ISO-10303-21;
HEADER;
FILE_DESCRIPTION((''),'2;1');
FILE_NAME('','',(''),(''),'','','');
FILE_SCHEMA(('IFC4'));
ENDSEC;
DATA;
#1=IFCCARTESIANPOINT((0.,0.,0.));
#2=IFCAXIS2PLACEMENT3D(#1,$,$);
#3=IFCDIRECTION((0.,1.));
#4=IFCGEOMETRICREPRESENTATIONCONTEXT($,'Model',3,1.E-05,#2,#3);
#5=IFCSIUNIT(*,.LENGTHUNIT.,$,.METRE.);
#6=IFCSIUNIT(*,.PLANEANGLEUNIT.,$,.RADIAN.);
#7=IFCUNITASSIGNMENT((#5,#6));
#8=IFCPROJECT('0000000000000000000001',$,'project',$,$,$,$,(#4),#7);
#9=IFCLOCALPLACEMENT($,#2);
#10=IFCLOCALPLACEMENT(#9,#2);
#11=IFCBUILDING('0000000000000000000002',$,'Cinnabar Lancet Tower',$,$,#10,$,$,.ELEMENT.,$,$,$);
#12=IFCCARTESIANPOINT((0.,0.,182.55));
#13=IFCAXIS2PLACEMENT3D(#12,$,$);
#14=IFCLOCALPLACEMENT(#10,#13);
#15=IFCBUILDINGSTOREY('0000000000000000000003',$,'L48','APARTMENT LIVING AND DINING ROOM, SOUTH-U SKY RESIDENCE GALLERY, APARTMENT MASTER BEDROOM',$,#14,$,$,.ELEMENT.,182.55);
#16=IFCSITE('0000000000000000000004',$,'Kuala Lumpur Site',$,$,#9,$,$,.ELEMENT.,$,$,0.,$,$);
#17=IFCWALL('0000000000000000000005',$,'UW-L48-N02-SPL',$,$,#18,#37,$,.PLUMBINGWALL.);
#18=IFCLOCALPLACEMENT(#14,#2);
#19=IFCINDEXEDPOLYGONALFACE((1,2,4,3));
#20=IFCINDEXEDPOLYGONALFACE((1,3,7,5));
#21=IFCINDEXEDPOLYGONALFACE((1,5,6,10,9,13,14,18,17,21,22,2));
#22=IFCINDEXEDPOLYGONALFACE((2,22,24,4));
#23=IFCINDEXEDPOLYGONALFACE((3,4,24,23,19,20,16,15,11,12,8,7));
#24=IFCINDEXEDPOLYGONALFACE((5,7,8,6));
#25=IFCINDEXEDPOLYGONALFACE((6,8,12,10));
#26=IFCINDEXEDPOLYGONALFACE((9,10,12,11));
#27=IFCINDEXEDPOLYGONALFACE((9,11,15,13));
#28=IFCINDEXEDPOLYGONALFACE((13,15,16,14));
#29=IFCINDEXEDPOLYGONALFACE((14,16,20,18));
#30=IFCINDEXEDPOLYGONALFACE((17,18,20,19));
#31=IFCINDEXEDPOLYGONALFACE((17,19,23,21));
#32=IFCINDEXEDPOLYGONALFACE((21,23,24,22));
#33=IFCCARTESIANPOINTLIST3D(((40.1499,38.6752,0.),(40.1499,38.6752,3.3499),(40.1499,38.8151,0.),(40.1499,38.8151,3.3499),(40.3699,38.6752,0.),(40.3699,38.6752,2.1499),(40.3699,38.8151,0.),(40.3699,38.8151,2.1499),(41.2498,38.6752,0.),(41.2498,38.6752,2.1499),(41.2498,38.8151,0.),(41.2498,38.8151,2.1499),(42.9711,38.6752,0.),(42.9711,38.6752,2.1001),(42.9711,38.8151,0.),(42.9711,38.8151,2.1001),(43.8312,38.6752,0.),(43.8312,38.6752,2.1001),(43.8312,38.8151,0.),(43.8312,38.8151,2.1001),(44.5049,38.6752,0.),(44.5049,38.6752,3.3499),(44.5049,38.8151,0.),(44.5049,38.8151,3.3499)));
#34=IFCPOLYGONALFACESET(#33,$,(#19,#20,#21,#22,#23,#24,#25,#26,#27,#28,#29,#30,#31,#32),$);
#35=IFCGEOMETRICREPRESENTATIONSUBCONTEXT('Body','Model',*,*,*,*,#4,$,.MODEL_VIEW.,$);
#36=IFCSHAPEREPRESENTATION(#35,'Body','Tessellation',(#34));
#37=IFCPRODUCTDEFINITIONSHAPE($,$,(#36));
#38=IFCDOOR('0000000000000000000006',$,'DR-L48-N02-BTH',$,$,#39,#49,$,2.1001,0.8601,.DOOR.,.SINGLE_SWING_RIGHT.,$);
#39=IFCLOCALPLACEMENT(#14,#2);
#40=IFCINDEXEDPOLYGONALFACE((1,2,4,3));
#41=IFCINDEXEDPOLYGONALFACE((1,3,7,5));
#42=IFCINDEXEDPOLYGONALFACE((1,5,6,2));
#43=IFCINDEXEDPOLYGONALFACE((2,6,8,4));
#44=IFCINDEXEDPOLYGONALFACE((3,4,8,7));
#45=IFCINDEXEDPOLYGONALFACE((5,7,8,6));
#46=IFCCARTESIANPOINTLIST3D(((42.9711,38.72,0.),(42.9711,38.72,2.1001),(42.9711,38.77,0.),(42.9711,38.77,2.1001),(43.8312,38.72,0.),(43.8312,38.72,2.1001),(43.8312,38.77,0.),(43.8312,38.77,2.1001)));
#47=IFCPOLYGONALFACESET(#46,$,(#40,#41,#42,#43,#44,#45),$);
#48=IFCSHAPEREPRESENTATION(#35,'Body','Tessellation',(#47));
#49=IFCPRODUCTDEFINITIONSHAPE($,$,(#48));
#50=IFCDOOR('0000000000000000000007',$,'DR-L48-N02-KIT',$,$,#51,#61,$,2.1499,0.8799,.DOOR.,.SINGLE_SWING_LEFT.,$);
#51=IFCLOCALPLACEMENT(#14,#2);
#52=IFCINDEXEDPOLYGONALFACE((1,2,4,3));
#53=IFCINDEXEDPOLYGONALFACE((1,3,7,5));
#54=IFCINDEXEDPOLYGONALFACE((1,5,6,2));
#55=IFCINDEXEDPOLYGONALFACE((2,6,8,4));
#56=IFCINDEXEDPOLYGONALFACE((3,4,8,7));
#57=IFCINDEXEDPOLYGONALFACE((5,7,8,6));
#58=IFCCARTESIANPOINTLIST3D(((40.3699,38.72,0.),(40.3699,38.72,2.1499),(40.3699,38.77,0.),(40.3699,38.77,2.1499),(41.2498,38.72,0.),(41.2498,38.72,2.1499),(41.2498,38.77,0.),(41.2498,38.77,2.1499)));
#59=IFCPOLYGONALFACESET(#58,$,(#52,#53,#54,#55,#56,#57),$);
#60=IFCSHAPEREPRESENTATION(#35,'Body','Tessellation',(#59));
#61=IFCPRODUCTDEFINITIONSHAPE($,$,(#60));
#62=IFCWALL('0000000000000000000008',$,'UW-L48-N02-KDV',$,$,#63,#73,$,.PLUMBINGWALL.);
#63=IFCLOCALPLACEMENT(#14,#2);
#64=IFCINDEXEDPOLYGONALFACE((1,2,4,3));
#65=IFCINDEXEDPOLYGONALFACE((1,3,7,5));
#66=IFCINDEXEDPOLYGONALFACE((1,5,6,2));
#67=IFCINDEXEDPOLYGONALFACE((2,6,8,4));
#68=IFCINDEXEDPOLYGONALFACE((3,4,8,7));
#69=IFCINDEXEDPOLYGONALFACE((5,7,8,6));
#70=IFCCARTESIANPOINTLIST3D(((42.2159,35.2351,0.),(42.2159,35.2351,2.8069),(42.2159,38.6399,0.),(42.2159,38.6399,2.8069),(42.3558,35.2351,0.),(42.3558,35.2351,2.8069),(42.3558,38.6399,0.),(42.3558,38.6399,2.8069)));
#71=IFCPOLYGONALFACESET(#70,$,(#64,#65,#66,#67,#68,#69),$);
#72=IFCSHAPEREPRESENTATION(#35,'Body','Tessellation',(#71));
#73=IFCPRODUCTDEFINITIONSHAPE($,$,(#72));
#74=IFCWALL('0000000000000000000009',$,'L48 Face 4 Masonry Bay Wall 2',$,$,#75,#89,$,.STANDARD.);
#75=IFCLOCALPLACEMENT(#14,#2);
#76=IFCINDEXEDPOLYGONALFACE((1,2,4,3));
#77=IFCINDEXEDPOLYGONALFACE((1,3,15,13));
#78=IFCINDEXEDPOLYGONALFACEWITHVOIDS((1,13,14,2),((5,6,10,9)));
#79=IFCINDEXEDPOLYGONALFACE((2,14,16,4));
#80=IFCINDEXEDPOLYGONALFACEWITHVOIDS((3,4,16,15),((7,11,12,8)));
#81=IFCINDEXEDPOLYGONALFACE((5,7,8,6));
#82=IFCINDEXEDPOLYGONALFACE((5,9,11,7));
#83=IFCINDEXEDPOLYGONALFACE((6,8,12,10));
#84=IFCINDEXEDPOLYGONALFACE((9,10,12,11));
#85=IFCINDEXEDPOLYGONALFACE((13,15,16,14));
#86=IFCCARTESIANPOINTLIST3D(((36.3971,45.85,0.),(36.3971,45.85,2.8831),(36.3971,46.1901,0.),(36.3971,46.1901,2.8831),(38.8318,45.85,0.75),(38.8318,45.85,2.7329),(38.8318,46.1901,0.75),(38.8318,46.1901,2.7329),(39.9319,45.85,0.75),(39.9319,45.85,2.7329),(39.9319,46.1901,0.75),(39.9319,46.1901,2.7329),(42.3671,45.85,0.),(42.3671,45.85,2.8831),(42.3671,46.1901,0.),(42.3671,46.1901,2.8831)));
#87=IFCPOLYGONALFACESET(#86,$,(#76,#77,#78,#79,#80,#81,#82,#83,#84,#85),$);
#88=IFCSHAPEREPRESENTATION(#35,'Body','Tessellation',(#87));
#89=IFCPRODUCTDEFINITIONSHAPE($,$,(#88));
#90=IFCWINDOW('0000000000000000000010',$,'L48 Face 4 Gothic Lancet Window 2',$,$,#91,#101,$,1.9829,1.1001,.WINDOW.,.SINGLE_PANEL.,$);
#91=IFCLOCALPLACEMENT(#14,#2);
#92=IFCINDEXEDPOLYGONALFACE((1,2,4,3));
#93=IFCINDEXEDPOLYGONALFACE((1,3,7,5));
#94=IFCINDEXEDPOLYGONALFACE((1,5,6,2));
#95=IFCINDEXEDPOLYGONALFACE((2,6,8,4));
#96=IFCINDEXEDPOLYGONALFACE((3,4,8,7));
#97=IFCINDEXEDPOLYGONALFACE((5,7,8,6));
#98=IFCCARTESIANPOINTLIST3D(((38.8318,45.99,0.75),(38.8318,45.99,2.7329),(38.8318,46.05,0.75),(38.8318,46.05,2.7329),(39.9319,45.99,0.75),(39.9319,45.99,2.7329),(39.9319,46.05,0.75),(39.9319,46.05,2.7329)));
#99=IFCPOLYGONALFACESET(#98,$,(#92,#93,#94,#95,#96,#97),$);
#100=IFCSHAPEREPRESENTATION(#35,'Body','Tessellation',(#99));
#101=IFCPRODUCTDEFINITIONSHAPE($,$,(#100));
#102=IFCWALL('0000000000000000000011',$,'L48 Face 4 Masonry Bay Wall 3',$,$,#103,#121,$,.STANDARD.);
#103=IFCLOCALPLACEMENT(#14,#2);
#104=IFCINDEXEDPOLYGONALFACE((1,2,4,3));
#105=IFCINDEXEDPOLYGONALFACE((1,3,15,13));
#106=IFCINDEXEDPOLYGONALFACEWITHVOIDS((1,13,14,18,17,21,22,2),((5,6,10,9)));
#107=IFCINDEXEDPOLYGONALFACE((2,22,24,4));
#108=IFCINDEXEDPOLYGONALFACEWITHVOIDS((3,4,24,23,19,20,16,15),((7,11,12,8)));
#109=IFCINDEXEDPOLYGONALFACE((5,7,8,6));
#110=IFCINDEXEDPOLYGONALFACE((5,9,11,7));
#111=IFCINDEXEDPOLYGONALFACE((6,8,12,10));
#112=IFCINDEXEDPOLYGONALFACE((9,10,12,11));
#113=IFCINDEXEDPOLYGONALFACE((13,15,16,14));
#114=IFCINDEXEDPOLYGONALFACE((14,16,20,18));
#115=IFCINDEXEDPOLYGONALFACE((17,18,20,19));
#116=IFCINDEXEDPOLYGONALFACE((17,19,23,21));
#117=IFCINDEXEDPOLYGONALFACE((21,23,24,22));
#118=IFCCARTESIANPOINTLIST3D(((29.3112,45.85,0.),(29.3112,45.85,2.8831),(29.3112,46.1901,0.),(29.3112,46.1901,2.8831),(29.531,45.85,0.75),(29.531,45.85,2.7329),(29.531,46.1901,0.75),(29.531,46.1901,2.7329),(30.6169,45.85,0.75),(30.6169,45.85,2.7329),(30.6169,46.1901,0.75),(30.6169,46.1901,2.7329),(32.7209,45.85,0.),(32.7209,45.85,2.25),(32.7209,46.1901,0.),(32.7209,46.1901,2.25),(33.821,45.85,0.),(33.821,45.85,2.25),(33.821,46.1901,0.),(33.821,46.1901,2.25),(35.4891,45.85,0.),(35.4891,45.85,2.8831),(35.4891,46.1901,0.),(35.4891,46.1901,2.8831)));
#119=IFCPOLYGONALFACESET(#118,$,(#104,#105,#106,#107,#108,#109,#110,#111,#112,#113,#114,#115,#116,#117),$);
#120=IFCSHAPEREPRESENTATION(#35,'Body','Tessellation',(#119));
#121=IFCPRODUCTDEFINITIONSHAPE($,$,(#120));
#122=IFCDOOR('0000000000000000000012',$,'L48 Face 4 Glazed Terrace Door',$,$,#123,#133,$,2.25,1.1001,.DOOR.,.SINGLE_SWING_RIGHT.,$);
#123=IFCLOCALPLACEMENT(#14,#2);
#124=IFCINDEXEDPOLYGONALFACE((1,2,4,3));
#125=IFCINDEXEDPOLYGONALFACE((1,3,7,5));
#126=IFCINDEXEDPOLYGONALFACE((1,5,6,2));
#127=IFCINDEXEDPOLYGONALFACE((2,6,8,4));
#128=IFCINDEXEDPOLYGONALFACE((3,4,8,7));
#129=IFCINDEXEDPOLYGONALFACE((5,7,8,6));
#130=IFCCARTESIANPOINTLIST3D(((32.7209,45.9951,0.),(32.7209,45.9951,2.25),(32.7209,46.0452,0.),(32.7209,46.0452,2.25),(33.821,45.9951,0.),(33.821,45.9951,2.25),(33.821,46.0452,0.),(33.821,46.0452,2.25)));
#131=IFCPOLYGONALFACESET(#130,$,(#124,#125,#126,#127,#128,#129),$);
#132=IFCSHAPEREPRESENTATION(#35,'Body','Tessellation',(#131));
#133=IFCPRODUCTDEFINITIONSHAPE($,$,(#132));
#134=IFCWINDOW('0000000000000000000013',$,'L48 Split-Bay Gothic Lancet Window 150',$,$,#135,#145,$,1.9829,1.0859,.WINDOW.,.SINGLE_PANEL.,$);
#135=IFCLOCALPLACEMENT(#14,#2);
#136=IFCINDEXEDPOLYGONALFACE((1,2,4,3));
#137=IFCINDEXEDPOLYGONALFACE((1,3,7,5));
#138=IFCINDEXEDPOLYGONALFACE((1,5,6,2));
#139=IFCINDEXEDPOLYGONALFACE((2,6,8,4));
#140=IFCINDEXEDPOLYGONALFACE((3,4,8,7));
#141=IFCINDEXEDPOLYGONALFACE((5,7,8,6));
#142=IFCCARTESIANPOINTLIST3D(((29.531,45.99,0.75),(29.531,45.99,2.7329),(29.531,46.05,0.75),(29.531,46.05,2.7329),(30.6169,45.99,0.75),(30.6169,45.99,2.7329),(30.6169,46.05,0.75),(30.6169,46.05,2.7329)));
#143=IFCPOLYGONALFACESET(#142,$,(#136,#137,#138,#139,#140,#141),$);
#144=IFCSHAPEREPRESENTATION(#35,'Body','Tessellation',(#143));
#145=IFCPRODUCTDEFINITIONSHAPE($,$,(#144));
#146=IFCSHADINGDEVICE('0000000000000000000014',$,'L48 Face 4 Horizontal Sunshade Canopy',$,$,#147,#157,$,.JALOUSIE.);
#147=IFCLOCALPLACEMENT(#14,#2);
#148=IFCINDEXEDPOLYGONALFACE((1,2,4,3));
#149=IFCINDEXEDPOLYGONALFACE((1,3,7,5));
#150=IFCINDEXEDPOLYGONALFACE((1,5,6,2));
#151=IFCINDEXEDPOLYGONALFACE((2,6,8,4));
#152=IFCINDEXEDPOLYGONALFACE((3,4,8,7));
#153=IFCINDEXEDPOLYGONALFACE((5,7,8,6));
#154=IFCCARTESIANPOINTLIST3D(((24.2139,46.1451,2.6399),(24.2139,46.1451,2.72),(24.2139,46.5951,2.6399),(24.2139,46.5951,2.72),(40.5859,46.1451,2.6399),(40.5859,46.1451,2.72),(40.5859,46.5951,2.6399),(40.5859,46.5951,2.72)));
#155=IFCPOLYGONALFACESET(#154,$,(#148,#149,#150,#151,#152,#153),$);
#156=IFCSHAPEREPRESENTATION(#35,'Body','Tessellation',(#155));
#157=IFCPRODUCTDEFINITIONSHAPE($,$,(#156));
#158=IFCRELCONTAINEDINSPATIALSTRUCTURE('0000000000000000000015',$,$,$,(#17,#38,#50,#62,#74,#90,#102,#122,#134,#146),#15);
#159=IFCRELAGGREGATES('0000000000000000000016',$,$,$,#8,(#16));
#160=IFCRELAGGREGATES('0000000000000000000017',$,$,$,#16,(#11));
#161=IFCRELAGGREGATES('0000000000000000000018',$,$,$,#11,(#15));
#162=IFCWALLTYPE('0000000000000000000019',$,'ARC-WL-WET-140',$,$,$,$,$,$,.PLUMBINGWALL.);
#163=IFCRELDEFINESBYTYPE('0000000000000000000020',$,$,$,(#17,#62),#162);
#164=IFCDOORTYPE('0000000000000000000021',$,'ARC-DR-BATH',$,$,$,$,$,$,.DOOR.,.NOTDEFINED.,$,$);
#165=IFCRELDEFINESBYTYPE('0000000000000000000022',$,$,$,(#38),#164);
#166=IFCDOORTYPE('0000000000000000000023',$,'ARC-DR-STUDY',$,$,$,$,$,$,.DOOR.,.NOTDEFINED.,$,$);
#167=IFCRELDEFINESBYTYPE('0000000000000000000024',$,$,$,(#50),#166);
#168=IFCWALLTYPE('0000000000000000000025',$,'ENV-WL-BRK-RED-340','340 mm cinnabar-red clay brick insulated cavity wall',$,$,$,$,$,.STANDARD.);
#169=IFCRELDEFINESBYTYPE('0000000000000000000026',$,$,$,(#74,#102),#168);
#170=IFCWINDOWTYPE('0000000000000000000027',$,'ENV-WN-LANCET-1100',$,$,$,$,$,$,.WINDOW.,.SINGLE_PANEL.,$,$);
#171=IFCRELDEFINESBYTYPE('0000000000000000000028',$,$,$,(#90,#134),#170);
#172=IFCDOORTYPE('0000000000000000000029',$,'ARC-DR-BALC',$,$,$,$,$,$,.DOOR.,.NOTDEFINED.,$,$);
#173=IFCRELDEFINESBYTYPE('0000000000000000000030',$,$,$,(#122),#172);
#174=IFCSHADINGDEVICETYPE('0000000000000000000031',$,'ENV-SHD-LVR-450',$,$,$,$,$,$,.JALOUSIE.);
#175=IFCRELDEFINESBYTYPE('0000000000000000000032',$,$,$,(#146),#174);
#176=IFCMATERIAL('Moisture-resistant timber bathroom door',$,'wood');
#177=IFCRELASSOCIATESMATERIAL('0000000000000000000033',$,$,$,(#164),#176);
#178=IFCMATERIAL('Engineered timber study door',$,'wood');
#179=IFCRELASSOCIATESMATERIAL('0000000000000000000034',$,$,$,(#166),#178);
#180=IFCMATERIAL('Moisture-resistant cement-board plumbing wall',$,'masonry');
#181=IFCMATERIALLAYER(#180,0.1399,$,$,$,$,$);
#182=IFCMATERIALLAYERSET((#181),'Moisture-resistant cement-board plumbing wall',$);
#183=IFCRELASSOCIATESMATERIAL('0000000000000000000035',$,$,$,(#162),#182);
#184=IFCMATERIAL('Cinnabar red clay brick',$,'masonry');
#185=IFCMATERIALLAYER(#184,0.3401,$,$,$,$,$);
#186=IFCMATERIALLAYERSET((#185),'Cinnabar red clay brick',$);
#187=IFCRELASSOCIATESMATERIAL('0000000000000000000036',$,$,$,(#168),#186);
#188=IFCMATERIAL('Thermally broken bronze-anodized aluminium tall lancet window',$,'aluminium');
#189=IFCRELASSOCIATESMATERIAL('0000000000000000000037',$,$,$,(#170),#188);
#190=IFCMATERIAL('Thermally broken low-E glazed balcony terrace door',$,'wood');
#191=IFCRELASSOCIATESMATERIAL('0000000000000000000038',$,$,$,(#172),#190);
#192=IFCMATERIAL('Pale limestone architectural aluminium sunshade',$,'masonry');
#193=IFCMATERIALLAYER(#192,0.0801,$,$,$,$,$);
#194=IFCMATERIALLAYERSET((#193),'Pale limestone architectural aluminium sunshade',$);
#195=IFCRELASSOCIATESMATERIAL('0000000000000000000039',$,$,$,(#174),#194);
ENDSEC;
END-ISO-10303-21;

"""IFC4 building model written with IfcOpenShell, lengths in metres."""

from ifc_helpers import new_model, si_unit, direction, frame, frame_2d, origin, origin_2d, place, context, subcontext, project, spatial, rectangle, extrude, material, layer, layer_set, type_object, element, fill, save


model = new_model("IFC4")

# Units and contexts
model_context = context("Model", 3, precision=1e-05, world=origin(), true_north=direction((0.0, 1.0)))
body_context = subcontext(model_context, "Body", "Model", "MODEL_VIEW")
ifc_project = project(units=[si_unit("LENGTHUNIT", "METRE"), si_unit("PLANEANGLEUNIT", "RADIAN")], contexts=[model_context])

# Site, building, storey
site_placement = place(None, origin())
site = spatial("IfcSite", under=ifc_project, at=site_placement, Name="Kuala Lumpur Site", CompositionType="ELEMENT", RefElevation=0.0)
building_placement = place(site_placement, origin())
building = spatial("IfcBuilding", under=site, at=building_placement, Name="Cinnabar Lancet Tower", CompositionType="ELEMENT")
storey_placement = place(building_placement, frame((0.0, 0.0, 182.55)))
storey = spatial("IfcBuildingStorey", under=building, at=storey_placement, Name="L48", Description="APARTMENT LIVING AND DINING ROOM, SOUTH-U SKY RESIDENCE GALLERY, APARTMENT MASTER BEDROOM", CompositionType="ELEMENT", Elevation=182.55)

# Shared definitions
ifc_material_1 = material(Name="Moisture-resistant timber bathroom door", Category="wood")
door_type_1 = type_object("IfcDoorType", Name="ARC-DR-BATH", OperationType="NOTDEFINED", PredefinedType="DOOR", material=ifc_material_1)

# Shared definitions
ifc_material_2 = material(Name="Engineered timber study door", Category="wood")
door_type_2 = type_object("IfcDoorType", Name="ARC-DR-STUDY", OperationType="NOTDEFINED", PredefinedType="DOOR", material=ifc_material_2)

# Wall, openings, doors
ifc_material_3 = material(Name="Moisture-resistant cement-board plumbing wall", Category="masonry")
ifc_layer_1 = layer(ifc_material_3, 0.1399)
ifc_layer_set_1 = layer_set([ifc_layer_1], Name="Moisture-resistant cement-board plumbing wall")
wall_type_1 = type_object("IfcWallType", Name="ARC-WL-WET-140", PredefinedType="PLUMBINGWALL", material=ifc_layer_set_1)
wall_1_placement = place(storey_placement, frame((40.1499, 38.7451, 0.0), z_axis=(0.0, 0.0, 1.0), x_axis=(1.0, 0.0, 0.0)))
wall_1 = element("IfcWall", 1, at=wall_1_placement, inside=storey, type_object=wall_type_1, Name="UW-L48-N02-SPL", PredefinedType="PLUMBINGWALL", context=body_context, shape_type="SweptSolid", body=[
    extrude(rectangle(XDim=4.355, YDim=0.1399, at=frame_2d((2.1775, 0.0))), origin(), (0.0, 0.0, 1.0), 3.3499),
])
opening_1_placement = place(wall_1_placement, frame((2.821, 0.0, 0.0)))
opening_1 = element("IfcOpeningElement", 2, at=opening_1_placement, cuts=wall_1, PredefinedType="OPENING", context=body_context, shape_type="SweptSolid", body=[
    extrude(rectangle(XDim=0.8601, YDim=2.1001, at=frame_2d((0.4302, 1.05))), frame((0.0, 0.0798, 0.0), z_axis=(0.0, -1.0, 0.0), x_axis=(1.0, 0.0, 0.0)), (0.0, 0.0, 1.0), 0.1599),
])
opening_2_placement = place(wall_1_placement, frame((0.22, 0.0, 0.0)))
opening_2 = element("IfcOpeningElement", 3, at=opening_2_placement, cuts=wall_1, PredefinedType="OPENING", context=body_context, shape_type="SweptSolid", body=[
    extrude(rectangle(XDim=0.8799, YDim=2.1499, at=frame_2d((0.4399, 1.075))), frame((0.0, 0.0798, 0.0), z_axis=(0.0, -1.0, 0.0), x_axis=(1.0, 0.0, 0.0)), (0.0, 0.0, 1.0), 0.1599),
])
door_1_placement = place(opening_1_placement, origin())
door_1 = element("IfcDoor", 4, at=door_1_placement, inside=storey, type_object=door_type_1, Name="DR-L48-N02-BTH", OperationType="SINGLE_SWING_RIGHT", OverallHeight=2.1001, OverallWidth=0.8601, PredefinedType="DOOR", context=body_context, shape_type="SweptSolid", body=[
    extrude(rectangle(XDim=0.8601, YDim=2.1001, at=frame_2d((0.4302, 1.05))), frame((0.0, 0.0249, 0.0), z_axis=(0.0, -1.0, 0.0), x_axis=(1.0, 0.0, 0.0)), (0.0, 0.0, 1.0), 0.05),
])
fill(opening_1, door_1)
door_2_placement = place(opening_2_placement, origin())
door_2 = element("IfcDoor", 5, at=door_2_placement, inside=storey, type_object=door_type_2, Name="DR-L48-N02-KIT", OperationType="SINGLE_SWING_LEFT", OverallHeight=2.1499, OverallWidth=0.8799, PredefinedType="DOOR", context=body_context, shape_type="SweptSolid", body=[
    extrude(rectangle(XDim=0.8799, YDim=2.1499, at=frame_2d((0.4399, 1.075))), frame((0.0, 0.0249, 0.0), z_axis=(0.0, -1.0, 0.0), x_axis=(1.0, 0.0, 0.0)), (0.0, 0.0, 1.0), 0.05),
])
fill(opening_2, door_2)

# Wall
wall_2_placement = place(storey_placement, frame((42.2859, 35.2351, 0.0), z_axis=(0.0, 0.0, 1.0), x_axis=(0.0, 1.0, 0.0)))
element("IfcWall", 6, at=wall_2_placement, inside=storey, type_object=wall_type_1, Name="UW-L48-N02-KDV", PredefinedType="PLUMBINGWALL", context=body_context, shape_type="SweptSolid", body=[
    extrude(rectangle(XDim=3.4048, YDim=0.1399, at=frame_2d((1.7024, 0.0))), origin(), (0.0, 0.0, 1.0), 2.8069),
])

# Wall, opening, window
ifc_material_4 = material(Name="Cinnabar red clay brick", Category="masonry")
ifc_layer_2 = layer(ifc_material_4, 0.3401)
ifc_layer_set_2 = layer_set([ifc_layer_2], Name="Cinnabar red clay brick")
wall_type_2 = type_object("IfcWallType", Name="ENV-WL-BRK-RED-340", Description="340 mm cinnabar-red clay brick insulated cavity wall", PredefinedType="STANDARD", material=ifc_layer_set_2)
wall_3_placement = place(storey_placement, frame((42.3669, 46.02, 0.0), z_axis=(0.0, 0.0, 1.0), x_axis=(-1.0, 0.0, 0.0)))
wall_3 = element("IfcWall", 7, at=wall_3_placement, inside=storey, type_object=wall_type_2, Name="L48 Face 4 Masonry Bay Wall 2", PredefinedType="STANDARD", context=body_context, shape_type="SweptSolid", body=[
    extrude(rectangle(XDim=5.97, YDim=0.3401, at=frame_2d((2.9849, 0.0))), origin(), (0.0, 0.0, 1.0), 2.8831),
])
opening_3_placement = place(wall_3_placement, frame((2.4351, 0.0, 0.75)))
opening_3 = element("IfcOpeningElement", 8, at=opening_3_placement, cuts=wall_3, PredefinedType="OPENING", context=body_context, shape_type="SweptSolid", body=[
    extrude(rectangle(XDim=1.1001, YDim=1.9829, at=frame_2d((0.55, 0.9915))), frame((0.0, 0.1799, 0.0), z_axis=(0.0, -1.0, 0.0), x_axis=(1.0, 0.0, 0.0)), (0.0, 0.0, 1.0), 0.3601),
])
ifc_material_5 = material(Name="Thermally broken bronze-anodized aluminium tall lancet window", Category="aluminium")
window_type = type_object("IfcWindowType", Name="ENV-WN-LANCET-1100", PartitioningType="SINGLE_PANEL", PredefinedType="WINDOW", material=ifc_material_5)
window_1_placement = place(opening_3_placement, origin())
window_1 = element("IfcWindow", 9, at=window_1_placement, inside=storey, type_object=window_type, Name="L48 Face 4 Gothic Lancet Window 2", OverallHeight=1.9829, OverallWidth=1.1001, PartitioningType="SINGLE_PANEL", PredefinedType="WINDOW", context=body_context, shape_type="SweptSolid", body=[
    extrude(rectangle(XDim=1.1001, YDim=1.9829, at=frame_2d((0.55, 0.9915))), frame((0.0, 0.03, 0.0), z_axis=(0.0, -1.0, 0.0), x_axis=(1.0, 0.0, 0.0)), (0.0, 0.0, 1.0), 0.0601),
])
fill(opening_3, window_1)

# Wall, openings, door, window
wall_4_placement = place(storey_placement, frame((35.489, 46.02, 0.0), z_axis=(0.0, 0.0, 1.0), x_axis=(-1.0, 0.0, 0.0)))
wall_4 = element("IfcWall", 10, at=wall_4_placement, inside=storey, type_object=wall_type_2, Name="L48 Face 4 Masonry Bay Wall 3", PredefinedType="STANDARD", context=body_context, shape_type="SweptSolid", body=[
    extrude(rectangle(XDim=6.178, YDim=0.3401, at=frame_2d((3.0889, 0.0))), origin(), (0.0, 0.0, 1.0), 2.8831),
])
opening_4_placement = place(wall_4_placement, frame((1.668, 0.0, 0.0)))
opening_4 = element("IfcOpeningElement", 11, at=opening_4_placement, cuts=wall_4, PredefinedType="OPENING", context=body_context, shape_type="SweptSolid", body=[
    extrude(rectangle(XDim=1.1001, YDim=2.25, at=frame_2d((0.55, 1.125))), frame((0.0, 0.1799, 0.0), z_axis=(0.0, -1.0, 0.0), x_axis=(1.0, 0.0, 0.0)), (0.0, 0.0, 1.0), 0.3601),
])
opening_5_placement = place(wall_4_placement, frame((4.8721, 0.0, 0.75)))
opening_5 = element("IfcOpeningElement", 12, at=opening_5_placement, cuts=wall_4, PredefinedType="OPENING", context=body_context, shape_type="SweptSolid", body=[
    extrude(rectangle(XDim=1.0859, YDim=1.9829, at=frame_2d((0.543, 0.9915))), frame((0.0, 0.1799, 0.0), z_axis=(0.0, -1.0, 0.0), x_axis=(1.0, 0.0, 0.0)), (0.0, 0.0, 1.0), 0.3601),
])
ifc_material_6 = material(Name="Thermally broken low-E glazed balcony terrace door", Category="wood")
door_type_3 = type_object("IfcDoorType", Name="ARC-DR-BALC", OperationType="NOTDEFINED", PredefinedType="DOOR", material=ifc_material_6)
door_3_placement = place(opening_4_placement, origin())
door_3 = element("IfcDoor", 13, at=door_3_placement, inside=storey, type_object=door_type_3, Name="L48 Face 4 Glazed Terrace Door", OperationType="SINGLE_SWING_RIGHT", OverallHeight=2.25, OverallWidth=1.1001, PredefinedType="DOOR", context=body_context, shape_type="SweptSolid", body=[
    extrude(rectangle(XDim=1.1001, YDim=2.25, at=frame_2d((0.55, 1.125))), frame((0.0, 0.0249, 0.0), z_axis=(0.0, -1.0, 0.0), x_axis=(1.0, 0.0, 0.0)), (0.0, 0.0, 1.0), 0.05),
])
fill(opening_4, door_3)
window_2_placement = place(opening_5_placement, origin())
window_2 = element("IfcWindow", 14, at=window_2_placement, inside=storey, type_object=window_type, Name="L48 Split-Bay Gothic Lancet Window 150", OverallHeight=1.9829, OverallWidth=1.0859, PartitioningType="SINGLE_PANEL", PredefinedType="WINDOW", context=body_context, shape_type="SweptSolid", body=[
    extrude(rectangle(XDim=1.0859, YDim=1.9829, at=frame_2d((0.543, 0.9915))), frame((0.0, 0.03, 0.0), z_axis=(0.0, -1.0, 0.0), x_axis=(1.0, 0.0, 0.0)), (0.0, 0.0, 1.0), 0.0601),
])
fill(opening_5, window_2)

# Shading device
ifc_material_7 = material(Name="Pale limestone architectural aluminium sunshade", Category="masonry")
ifc_layer_3 = layer(ifc_material_7, 0.0801)
ifc_layer_set_3 = layer_set([ifc_layer_3], Name="Pale limestone architectural aluminium sunshade")
shading_device_type = type_object("IfcShadingDeviceType", Name="ENV-SHD-LVR-450", PredefinedType="JALOUSIE", material=ifc_layer_set_3)
shading_device_placement = place(storey_placement, frame((32.3999, 46.3701, 2.6399), z_axis=(0.0, 0.0, 1.0), x_axis=(-1.0, 0.0, 0.0)))
element("IfcShadingDevice", 15, at=shading_device_placement, inside=storey, type_object=shading_device_type, Name="L48 Face 4 Horizontal Sunshade Canopy", PredefinedType="JALOUSIE", context=body_context, shape_type="SweptSolid", body=[
    extrude(rectangle(XDim=16.3721, YDim=0.45, at=origin_2d()), origin(), (0.0, 0.0, 1.0), 0.0801),
])

save(model, "model.ifc")
